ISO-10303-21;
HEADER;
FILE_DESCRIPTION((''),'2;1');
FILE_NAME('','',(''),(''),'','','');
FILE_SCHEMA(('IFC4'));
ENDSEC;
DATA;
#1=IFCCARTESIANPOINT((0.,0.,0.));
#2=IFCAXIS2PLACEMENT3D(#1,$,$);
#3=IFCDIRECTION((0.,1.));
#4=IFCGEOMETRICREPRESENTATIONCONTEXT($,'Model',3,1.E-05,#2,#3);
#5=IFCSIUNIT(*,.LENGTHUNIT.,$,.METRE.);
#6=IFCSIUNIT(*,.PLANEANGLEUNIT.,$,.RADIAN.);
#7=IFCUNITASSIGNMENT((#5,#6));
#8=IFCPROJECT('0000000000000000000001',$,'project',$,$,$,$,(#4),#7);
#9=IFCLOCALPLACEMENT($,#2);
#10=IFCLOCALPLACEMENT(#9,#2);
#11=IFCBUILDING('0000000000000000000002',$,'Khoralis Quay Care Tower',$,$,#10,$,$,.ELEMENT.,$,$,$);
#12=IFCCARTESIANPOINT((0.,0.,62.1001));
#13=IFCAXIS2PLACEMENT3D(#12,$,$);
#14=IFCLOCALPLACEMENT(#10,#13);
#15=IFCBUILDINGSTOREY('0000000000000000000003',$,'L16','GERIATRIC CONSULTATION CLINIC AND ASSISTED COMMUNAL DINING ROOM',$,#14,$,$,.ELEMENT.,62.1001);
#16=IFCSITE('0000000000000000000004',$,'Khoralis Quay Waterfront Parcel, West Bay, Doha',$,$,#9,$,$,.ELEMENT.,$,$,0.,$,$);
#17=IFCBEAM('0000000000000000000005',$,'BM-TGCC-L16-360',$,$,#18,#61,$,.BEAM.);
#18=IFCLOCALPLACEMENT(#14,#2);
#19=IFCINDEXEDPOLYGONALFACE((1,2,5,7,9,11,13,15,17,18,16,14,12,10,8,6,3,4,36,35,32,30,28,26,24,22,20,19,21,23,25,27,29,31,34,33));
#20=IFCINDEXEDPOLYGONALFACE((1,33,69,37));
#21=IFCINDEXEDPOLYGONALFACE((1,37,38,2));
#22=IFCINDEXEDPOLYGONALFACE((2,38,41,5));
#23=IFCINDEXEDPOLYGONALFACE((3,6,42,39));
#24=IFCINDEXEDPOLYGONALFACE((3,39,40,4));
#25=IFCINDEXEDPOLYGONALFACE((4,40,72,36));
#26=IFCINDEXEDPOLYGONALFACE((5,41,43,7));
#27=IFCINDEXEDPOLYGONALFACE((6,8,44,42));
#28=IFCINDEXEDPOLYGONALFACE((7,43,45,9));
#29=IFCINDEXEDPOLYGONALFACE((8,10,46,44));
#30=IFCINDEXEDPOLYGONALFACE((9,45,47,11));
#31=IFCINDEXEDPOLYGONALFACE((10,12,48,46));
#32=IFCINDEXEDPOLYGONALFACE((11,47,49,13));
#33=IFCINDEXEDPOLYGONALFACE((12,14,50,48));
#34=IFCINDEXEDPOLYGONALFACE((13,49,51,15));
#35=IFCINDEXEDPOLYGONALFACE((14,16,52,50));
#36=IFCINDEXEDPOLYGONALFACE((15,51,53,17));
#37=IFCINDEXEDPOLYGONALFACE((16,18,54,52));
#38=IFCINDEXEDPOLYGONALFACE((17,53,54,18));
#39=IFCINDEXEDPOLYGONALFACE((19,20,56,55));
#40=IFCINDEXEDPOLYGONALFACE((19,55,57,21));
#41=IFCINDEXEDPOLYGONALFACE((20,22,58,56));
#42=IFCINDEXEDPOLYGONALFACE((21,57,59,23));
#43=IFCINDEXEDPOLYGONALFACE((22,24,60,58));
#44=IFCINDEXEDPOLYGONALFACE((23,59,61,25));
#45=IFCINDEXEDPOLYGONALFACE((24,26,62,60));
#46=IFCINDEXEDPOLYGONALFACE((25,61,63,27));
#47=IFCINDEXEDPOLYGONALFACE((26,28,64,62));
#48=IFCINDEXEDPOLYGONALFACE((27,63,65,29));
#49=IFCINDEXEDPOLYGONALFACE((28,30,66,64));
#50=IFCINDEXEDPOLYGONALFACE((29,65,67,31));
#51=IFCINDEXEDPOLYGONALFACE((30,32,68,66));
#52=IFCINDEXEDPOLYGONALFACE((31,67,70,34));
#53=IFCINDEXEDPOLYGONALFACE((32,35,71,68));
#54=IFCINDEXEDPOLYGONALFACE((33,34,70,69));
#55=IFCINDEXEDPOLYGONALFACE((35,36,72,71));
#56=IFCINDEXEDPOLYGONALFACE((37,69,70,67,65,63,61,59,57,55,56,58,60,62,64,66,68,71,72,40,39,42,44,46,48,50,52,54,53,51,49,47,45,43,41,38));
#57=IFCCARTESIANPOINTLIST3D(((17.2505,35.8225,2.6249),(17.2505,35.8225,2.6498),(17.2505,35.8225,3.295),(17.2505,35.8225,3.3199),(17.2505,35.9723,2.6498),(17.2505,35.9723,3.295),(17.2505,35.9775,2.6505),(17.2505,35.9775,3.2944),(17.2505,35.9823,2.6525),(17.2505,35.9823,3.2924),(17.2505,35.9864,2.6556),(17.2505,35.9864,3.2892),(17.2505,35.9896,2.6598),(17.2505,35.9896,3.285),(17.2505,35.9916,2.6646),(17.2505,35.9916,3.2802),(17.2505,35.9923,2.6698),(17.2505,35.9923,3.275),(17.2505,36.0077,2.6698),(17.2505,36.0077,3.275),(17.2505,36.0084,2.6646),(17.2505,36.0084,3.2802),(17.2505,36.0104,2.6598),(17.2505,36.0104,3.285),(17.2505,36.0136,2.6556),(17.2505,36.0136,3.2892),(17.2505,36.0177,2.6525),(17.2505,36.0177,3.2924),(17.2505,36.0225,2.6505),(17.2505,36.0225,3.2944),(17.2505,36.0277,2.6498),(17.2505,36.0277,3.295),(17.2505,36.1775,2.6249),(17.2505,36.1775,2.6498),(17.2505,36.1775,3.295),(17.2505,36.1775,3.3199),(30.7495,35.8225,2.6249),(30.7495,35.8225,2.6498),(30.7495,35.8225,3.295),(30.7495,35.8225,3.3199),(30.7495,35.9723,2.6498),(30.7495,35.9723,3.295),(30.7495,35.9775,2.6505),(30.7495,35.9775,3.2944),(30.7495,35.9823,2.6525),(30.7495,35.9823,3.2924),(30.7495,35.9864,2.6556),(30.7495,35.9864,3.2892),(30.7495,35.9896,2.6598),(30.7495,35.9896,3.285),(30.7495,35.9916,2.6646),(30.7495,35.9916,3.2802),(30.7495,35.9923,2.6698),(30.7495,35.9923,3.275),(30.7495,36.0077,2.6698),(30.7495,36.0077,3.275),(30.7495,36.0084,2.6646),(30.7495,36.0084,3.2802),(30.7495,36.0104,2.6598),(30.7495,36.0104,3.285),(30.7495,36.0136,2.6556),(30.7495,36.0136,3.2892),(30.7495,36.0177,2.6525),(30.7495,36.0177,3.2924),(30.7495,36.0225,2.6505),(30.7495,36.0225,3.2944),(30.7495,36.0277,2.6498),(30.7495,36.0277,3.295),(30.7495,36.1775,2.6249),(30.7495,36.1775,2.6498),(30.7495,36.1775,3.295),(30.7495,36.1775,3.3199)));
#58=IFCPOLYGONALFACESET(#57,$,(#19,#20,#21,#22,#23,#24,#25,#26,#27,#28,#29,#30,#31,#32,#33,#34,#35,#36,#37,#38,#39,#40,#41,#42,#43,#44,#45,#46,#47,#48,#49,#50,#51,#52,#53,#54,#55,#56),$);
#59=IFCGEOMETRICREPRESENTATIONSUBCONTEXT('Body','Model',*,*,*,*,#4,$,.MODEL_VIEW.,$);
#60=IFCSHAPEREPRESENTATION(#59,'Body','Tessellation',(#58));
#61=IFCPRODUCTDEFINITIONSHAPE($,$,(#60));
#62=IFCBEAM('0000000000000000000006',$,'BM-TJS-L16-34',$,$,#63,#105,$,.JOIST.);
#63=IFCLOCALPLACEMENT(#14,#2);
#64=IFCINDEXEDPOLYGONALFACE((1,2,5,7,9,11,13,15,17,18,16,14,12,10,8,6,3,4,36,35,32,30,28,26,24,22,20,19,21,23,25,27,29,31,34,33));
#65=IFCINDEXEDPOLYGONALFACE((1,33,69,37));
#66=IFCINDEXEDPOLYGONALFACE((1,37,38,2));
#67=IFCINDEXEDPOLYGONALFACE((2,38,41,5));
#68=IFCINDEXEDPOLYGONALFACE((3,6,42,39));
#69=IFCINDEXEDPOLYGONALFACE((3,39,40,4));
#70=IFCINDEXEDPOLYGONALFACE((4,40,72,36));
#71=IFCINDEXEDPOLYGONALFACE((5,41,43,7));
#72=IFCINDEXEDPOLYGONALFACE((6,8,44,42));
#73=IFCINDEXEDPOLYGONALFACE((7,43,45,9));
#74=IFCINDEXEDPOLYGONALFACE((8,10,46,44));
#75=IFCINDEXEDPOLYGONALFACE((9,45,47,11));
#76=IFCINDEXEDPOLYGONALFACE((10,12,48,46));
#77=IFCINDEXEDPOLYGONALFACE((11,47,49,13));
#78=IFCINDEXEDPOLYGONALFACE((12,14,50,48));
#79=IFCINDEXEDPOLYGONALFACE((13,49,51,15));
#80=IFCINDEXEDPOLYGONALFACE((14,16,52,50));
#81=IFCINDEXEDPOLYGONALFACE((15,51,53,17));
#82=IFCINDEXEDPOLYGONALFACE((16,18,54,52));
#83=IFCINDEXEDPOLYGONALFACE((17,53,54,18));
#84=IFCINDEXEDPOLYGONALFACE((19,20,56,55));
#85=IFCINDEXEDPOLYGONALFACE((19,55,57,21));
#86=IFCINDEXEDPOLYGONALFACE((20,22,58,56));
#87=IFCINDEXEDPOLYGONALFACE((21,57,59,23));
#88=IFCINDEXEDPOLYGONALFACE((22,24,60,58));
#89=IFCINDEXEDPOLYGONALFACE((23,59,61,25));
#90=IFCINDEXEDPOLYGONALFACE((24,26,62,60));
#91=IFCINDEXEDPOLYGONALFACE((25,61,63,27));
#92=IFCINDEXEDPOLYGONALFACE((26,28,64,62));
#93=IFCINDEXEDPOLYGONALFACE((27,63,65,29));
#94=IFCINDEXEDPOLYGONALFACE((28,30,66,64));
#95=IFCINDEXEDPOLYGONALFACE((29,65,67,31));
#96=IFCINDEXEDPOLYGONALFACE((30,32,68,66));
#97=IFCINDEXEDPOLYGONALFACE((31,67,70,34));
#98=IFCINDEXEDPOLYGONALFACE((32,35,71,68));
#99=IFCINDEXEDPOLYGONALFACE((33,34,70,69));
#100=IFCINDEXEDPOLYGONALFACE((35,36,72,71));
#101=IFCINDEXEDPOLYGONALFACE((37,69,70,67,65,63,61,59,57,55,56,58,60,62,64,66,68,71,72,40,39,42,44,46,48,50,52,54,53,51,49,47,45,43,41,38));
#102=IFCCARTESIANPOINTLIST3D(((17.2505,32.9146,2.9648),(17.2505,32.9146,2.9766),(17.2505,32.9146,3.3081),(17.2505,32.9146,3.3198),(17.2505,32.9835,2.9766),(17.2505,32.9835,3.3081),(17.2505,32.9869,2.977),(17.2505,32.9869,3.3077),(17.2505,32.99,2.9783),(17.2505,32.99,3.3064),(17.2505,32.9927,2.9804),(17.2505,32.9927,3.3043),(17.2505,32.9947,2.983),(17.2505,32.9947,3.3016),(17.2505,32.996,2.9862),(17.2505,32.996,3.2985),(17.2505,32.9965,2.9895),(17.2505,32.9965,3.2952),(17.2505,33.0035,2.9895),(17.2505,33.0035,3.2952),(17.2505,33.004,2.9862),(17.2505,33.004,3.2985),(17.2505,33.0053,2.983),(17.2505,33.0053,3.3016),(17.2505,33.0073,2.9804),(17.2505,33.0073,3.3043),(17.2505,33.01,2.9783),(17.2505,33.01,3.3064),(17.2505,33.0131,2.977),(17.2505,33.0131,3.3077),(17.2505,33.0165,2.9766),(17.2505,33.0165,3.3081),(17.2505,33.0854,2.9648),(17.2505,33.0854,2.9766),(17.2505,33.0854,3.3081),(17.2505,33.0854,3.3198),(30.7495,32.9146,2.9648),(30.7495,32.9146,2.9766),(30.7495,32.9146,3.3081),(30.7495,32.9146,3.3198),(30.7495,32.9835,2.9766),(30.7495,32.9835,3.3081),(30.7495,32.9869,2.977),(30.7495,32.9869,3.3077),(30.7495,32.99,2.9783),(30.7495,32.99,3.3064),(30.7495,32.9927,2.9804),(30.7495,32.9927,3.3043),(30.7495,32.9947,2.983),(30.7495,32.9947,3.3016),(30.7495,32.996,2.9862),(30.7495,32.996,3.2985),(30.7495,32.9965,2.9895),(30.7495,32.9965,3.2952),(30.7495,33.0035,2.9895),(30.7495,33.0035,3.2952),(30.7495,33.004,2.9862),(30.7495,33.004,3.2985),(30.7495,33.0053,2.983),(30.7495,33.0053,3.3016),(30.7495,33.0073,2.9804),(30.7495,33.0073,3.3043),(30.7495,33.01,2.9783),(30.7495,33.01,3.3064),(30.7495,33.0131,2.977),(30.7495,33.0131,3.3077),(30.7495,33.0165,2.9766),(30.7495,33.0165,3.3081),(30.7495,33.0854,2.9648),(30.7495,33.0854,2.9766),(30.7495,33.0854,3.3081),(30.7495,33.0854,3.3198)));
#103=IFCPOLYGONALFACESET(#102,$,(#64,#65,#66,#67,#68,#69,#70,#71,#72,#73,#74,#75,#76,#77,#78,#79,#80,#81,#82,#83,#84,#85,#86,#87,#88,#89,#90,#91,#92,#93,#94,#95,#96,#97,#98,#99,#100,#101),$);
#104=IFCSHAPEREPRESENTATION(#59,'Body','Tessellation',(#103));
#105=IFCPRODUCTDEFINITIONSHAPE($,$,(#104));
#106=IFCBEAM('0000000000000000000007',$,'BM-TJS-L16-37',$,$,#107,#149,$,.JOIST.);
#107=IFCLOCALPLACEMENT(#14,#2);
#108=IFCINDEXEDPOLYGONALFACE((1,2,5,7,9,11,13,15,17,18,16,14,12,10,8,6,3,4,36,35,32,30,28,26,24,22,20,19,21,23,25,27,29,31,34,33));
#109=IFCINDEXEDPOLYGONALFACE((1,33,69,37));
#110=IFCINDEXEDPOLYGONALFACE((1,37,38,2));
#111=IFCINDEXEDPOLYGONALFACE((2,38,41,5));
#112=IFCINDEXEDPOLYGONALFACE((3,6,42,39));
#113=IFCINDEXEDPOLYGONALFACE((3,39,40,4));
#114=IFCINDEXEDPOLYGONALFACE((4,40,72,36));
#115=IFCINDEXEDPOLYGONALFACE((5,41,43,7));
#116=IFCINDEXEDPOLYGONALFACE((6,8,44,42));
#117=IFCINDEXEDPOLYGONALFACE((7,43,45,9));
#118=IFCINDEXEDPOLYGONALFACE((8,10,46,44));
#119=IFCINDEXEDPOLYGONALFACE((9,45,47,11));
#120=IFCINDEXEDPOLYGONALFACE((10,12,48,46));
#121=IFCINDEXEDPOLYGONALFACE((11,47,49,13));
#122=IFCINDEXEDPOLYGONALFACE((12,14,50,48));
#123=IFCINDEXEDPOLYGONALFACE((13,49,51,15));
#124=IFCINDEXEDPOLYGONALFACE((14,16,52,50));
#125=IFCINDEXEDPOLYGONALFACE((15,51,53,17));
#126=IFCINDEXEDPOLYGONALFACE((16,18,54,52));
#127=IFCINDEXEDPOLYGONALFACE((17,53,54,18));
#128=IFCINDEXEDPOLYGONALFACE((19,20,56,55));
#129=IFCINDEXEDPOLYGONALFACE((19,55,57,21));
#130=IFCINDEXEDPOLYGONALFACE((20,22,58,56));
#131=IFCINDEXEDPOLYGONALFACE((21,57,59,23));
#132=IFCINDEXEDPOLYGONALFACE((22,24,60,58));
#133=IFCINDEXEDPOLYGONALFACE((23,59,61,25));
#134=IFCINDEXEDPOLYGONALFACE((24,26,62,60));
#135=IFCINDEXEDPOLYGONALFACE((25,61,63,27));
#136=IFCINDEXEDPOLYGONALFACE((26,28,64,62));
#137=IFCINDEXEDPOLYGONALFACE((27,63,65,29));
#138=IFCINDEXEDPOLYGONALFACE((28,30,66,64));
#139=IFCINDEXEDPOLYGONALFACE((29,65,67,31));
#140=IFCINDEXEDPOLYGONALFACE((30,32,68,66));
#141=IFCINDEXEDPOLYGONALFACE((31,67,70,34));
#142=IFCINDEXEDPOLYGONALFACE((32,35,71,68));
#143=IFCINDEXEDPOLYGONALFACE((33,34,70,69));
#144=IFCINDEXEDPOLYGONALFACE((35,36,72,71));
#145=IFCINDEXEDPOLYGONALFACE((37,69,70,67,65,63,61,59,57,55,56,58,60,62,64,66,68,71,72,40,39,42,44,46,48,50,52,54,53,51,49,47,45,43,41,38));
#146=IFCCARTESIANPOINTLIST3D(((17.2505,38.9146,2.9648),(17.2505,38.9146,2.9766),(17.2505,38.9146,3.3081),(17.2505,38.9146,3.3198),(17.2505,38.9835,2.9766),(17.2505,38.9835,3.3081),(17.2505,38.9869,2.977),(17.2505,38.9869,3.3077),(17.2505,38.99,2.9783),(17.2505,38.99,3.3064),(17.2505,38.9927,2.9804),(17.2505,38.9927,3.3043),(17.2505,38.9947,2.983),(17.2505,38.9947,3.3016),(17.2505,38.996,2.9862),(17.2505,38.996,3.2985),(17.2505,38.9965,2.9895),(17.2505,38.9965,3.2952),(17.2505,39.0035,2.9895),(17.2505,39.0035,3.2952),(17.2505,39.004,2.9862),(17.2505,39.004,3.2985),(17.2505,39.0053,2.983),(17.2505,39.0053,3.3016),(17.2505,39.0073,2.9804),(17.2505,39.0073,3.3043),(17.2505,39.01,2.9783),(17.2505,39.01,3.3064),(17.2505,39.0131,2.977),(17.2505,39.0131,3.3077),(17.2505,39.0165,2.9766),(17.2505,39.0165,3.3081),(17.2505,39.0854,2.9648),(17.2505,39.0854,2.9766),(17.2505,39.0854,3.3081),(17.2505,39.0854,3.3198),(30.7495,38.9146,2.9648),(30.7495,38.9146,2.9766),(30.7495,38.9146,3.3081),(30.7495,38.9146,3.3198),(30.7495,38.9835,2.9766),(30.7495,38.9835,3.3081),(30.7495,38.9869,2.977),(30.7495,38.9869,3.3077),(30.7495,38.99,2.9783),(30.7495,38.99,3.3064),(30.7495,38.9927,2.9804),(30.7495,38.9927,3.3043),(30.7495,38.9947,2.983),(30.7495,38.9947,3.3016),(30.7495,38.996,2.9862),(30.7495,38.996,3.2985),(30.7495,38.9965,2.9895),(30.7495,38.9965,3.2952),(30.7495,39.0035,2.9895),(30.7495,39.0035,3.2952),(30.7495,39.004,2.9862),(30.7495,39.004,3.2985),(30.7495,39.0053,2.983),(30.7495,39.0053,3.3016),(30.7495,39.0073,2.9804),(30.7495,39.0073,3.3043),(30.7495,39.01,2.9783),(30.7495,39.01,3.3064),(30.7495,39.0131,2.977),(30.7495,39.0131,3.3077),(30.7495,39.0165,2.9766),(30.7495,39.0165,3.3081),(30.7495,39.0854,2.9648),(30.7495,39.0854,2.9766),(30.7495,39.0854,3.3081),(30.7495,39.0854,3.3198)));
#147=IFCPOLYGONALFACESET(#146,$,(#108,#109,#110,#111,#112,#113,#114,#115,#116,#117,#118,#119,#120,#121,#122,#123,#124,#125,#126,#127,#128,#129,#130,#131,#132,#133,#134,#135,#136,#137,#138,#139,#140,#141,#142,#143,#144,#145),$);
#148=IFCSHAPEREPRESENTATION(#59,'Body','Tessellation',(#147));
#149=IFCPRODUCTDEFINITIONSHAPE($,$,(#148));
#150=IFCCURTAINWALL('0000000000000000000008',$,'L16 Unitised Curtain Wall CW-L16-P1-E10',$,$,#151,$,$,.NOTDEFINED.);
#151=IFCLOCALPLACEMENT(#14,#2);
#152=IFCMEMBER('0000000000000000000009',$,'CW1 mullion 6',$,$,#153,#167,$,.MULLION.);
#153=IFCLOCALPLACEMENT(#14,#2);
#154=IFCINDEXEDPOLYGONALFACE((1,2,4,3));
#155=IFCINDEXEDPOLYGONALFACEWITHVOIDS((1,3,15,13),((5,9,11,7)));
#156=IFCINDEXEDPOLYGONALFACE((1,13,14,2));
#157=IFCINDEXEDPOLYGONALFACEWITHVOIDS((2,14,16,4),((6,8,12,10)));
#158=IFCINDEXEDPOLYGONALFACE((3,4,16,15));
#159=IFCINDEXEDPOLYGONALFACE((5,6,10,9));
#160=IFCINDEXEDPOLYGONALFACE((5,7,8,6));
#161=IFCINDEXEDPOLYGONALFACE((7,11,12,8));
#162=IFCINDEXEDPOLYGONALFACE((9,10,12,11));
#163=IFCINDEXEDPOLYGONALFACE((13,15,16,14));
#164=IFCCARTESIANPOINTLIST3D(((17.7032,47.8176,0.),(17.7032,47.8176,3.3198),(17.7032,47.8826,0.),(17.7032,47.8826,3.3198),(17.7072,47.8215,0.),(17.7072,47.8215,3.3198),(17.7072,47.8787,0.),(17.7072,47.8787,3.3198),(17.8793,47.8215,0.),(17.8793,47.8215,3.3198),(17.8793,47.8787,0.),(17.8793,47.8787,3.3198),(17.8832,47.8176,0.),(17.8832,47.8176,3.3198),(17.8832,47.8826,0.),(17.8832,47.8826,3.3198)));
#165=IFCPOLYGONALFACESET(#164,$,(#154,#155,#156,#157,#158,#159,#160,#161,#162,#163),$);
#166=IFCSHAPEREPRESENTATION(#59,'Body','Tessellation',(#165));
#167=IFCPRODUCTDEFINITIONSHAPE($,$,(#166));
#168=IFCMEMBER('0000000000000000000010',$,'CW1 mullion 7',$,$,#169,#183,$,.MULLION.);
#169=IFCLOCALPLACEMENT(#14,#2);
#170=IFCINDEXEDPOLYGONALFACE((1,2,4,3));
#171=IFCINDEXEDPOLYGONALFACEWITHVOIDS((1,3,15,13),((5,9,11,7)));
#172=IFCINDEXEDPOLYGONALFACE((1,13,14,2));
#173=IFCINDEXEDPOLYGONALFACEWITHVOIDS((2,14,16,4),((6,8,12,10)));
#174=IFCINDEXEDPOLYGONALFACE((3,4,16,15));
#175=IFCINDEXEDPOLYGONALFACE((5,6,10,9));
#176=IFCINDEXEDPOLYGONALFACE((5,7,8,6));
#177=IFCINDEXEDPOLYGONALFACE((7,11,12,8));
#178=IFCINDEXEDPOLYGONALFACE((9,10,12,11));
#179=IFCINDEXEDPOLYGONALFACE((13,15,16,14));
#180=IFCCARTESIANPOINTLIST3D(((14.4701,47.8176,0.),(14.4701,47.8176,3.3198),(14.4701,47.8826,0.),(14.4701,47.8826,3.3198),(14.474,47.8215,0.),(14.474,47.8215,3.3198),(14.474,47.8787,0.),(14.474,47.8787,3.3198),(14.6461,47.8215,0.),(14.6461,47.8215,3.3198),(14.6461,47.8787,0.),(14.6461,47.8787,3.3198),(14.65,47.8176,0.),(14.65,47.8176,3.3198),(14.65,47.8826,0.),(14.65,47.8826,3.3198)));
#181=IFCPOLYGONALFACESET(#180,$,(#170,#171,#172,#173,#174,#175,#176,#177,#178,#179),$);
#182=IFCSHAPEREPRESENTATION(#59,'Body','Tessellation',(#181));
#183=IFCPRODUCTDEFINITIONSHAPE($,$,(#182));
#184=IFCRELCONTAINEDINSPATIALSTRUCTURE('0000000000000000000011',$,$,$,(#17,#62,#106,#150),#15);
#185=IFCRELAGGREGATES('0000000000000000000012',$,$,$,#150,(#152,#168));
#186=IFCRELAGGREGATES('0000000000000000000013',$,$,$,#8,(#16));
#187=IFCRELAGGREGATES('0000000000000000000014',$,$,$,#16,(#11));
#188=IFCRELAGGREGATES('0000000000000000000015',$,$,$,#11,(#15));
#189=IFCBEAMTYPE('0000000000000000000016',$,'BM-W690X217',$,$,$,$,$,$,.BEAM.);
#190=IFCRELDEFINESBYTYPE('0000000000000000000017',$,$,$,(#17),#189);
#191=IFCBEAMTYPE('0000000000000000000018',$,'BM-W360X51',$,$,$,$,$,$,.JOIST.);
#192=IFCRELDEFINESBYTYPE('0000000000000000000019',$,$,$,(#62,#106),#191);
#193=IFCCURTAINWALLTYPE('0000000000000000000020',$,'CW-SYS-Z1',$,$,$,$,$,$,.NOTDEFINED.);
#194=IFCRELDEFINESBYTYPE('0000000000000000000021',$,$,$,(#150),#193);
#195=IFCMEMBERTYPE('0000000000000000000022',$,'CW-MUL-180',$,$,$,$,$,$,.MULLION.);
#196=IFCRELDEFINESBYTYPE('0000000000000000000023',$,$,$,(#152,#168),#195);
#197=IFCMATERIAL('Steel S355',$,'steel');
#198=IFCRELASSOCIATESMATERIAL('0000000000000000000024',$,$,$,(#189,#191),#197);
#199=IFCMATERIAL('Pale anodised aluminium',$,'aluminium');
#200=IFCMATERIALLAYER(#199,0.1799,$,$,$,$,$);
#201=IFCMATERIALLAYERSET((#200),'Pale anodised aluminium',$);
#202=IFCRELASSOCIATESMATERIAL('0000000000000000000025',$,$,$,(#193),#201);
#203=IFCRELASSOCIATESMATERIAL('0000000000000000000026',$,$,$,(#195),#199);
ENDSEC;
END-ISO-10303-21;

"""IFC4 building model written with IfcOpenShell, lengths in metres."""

from ifc_helpers import new_model, si_unit, direction, frame, origin, origin_2d, place, context, subcontext, project, spatial, hollow_rectangle, i_section, extrude, source, transform, mapped, material, layer, layer_set, material_profile, profile_set, type_object, element, aggregate, save


model = new_model("IFC4")

# Units and contexts
model_context = context("Model", 3, precision=1e-05, world=origin(), true_north=direction((0.0, 1.0)))
body_context = subcontext(model_context, "Body", "Model", "MODEL_VIEW")
ifc_project = project(units=[si_unit("LENGTHUNIT", "METRE"), si_unit("PLANEANGLEUNIT", "RADIAN")], contexts=[model_context])

# Site, building, storey
site_placement = place(None, origin())
site = spatial("IfcSite", under=ifc_project, at=site_placement, Name="Khoralis Quay Waterfront Parcel, West Bay, Doha", CompositionType="ELEMENT", RefElevation=0.0)
building_placement = place(site_placement, origin())
building = spatial("IfcBuilding", under=site, at=building_placement, Name="Khoralis Quay Care Tower", CompositionType="ELEMENT")
storey_placement = place(building_placement, frame((0.0, 0.0, 62.1001)))
storey = spatial("IfcBuildingStorey", under=building, at=storey_placement, Name="L16", Description="GERIATRIC CONSULTATION CLINIC AND ASSISTED COMMUNAL DINING ROOM", CompositionType="ELEMENT", Elevation=62.1001)

# Beams
ifc_material_1 = material(Name="Steel S355", Category="steel")
ifc_material_profile_1 = material_profile(ifc_material_1, i_section(OverallWidth=0.355, OverallDepth=0.6951, WebThickness=0.0154, FlangeThickness=0.0249, FilletRadius=0.02, at=origin_2d()), Name="Steel S355")
ifc_profile_set_1 = profile_set([ifc_material_profile_1], Name="Steel S355")
beam_type_1 = type_object("IfcBeamType", Name="BM-W690X217", PredefinedType="BEAM", material=ifc_profile_set_1)
shared_shape_1 = source(origin(), body_context, "Body", "SweptSolid", [
    extrude(i_section(OverallWidth=0.355, OverallDepth=0.6951, WebThickness=0.0154, FlangeThickness=0.0249, FilletRadius=0.02, at=origin_2d()), origin(), (0.0, 0.0, 1.0), 13.499),
])
beam_1_placement = place(storey_placement, frame((17.2505, 36.0, 2.9724), z_axis=(1.0, 0.0, 0.0), x_axis=(0.0, 1.0, 0.0)))
element("IfcBeam", 1, at=beam_1_placement, inside=storey, type_object=beam_type_1, Name="BM-TGCC-L16-360", PredefinedType="BEAM", context=body_context, shape_type="MappedRepresentation", body=[
    mapped(shared_shape_1, transform((0.0, 0.0, 0.0), scale=1.0)),
])
ifc_material_profile_2 = material_profile(ifc_material_1, i_section(OverallWidth=0.1709, OverallDepth=0.355, WebThickness=0.0071, FlangeThickness=0.0117, FilletRadius=0.0129, at=origin_2d()), Name="Steel S355")
ifc_profile_set_2 = profile_set([ifc_material_profile_2], Name="Steel S355")
beam_type_2 = type_object("IfcBeamType", Name="BM-W360X51", PredefinedType="JOIST", material=ifc_profile_set_2)
shared_shape_2 = source(origin(), body_context, "Body", "SweptSolid", [
    extrude(i_section(OverallWidth=0.1709, OverallDepth=0.355, WebThickness=0.0071, FlangeThickness=0.0117, FilletRadius=0.0129, at=origin_2d()), origin(), (0.0, 0.0, 1.0), 13.499),
])
for number, where, z_axis, x_axis, name in (
    (2, (17.2505, 33.0, 3.1423), (1.0, 0.0, 0.0), (0.0, 1.0, 0.0), "BM-TJS-L16-34"),
    (3, (17.2505, 39.0, 3.1423), (1.0, 0.0, 0.0), (0.0, 1.0, 0.0), "BM-TJS-L16-37"),
):
    element("IfcBeam", number, at=place(storey_placement, frame(where, z_axis=z_axis, x_axis=x_axis)), inside=storey, type_object=beam_type_2, Name=name, PredefinedType="JOIST", context=body_context, shape_type="MappedRepresentation", body=[
        mapped(shared_shape_2, transform((0.0, 0.0, 0.0), scale=1.0)),
    ])

# Curtain wall, members
ifc_material_2 = material(Name="Pale anodised aluminium", Category="aluminium")
ifc_layer_1 = layer(ifc_material_2, 0.1799)
ifc_layer_set_1 = layer_set([ifc_layer_1], Name="Pale anodised aluminium")
curtain_wall_type = type_object("IfcCurtainWallType", Name="CW-SYS-Z1", PredefinedType="NOTDEFINED", material=ifc_layer_set_1)
curtain_wall_placement = place(storey_placement, origin())
curtain_wall = element("IfcCurtainWall", 4, at=curtain_wall_placement, inside=storey, type_object=curtain_wall_type, Name="L16 Unitised Curtain Wall CW-L16-P1-E10", PredefinedType="NOTDEFINED")
ifc_material_profile_3 = material_profile(ifc_material_2, hollow_rectangle(XDim=0.0649, YDim=0.1799, WallThickness=0.0039, at=origin_2d()), Name="Pale anodised aluminium")
ifc_profile_set_3 = profile_set([ifc_material_profile_3], Name="Pale anodised aluminium")
member_type_1 = type_object("IfcMemberType", Name="CW-MUL-180", PredefinedType="MULLION", material=ifc_profile_set_3)
shared_shape_3 = source(origin(), body_context, "Body", "SweptSolid", [
    extrude(hollow_rectangle(XDim=0.0649, YDim=0.1799, WallThickness=0.0039, at=origin_2d()), origin(), (0.0, 0.0, 1.0), 3.3198),
])
member_1_placement = place(storey_placement, frame((17.7932, 47.8501, 0.0), z_axis=(0.0, 0.0, 1.0), x_axis=(0.0, -1.0, 0.0)))
member_1 = element("IfcMember", 5, at=member_1_placement, type_object=member_type_1, Name="CW1 mullion 6", PredefinedType="MULLION", context=body_context, shape_type="MappedRepresentation", body=[
    mapped(shared_shape_3, transform((0.0, 0.0, 0.0), scale=1.0)),
])
member_2_placement = place(storey_placement, frame((14.5601, 47.8501, 0.0), z_axis=(0.0, 0.0, 1.0), x_axis=(0.0, -1.0, 0.0)))
member_2 = element("IfcMember", 6, at=member_2_placement, type_object=member_type_1, Name="CW1 mullion 7", PredefinedType="MULLION", context=body_context, shape_type="MappedRepresentation", body=[
    mapped(shared_shape_3, transform((0.0, 0.0, 0.0), scale=1.0)),
])
aggregate(curtain_wall, [member_1, member_2])

save(model, "model.ifc")
